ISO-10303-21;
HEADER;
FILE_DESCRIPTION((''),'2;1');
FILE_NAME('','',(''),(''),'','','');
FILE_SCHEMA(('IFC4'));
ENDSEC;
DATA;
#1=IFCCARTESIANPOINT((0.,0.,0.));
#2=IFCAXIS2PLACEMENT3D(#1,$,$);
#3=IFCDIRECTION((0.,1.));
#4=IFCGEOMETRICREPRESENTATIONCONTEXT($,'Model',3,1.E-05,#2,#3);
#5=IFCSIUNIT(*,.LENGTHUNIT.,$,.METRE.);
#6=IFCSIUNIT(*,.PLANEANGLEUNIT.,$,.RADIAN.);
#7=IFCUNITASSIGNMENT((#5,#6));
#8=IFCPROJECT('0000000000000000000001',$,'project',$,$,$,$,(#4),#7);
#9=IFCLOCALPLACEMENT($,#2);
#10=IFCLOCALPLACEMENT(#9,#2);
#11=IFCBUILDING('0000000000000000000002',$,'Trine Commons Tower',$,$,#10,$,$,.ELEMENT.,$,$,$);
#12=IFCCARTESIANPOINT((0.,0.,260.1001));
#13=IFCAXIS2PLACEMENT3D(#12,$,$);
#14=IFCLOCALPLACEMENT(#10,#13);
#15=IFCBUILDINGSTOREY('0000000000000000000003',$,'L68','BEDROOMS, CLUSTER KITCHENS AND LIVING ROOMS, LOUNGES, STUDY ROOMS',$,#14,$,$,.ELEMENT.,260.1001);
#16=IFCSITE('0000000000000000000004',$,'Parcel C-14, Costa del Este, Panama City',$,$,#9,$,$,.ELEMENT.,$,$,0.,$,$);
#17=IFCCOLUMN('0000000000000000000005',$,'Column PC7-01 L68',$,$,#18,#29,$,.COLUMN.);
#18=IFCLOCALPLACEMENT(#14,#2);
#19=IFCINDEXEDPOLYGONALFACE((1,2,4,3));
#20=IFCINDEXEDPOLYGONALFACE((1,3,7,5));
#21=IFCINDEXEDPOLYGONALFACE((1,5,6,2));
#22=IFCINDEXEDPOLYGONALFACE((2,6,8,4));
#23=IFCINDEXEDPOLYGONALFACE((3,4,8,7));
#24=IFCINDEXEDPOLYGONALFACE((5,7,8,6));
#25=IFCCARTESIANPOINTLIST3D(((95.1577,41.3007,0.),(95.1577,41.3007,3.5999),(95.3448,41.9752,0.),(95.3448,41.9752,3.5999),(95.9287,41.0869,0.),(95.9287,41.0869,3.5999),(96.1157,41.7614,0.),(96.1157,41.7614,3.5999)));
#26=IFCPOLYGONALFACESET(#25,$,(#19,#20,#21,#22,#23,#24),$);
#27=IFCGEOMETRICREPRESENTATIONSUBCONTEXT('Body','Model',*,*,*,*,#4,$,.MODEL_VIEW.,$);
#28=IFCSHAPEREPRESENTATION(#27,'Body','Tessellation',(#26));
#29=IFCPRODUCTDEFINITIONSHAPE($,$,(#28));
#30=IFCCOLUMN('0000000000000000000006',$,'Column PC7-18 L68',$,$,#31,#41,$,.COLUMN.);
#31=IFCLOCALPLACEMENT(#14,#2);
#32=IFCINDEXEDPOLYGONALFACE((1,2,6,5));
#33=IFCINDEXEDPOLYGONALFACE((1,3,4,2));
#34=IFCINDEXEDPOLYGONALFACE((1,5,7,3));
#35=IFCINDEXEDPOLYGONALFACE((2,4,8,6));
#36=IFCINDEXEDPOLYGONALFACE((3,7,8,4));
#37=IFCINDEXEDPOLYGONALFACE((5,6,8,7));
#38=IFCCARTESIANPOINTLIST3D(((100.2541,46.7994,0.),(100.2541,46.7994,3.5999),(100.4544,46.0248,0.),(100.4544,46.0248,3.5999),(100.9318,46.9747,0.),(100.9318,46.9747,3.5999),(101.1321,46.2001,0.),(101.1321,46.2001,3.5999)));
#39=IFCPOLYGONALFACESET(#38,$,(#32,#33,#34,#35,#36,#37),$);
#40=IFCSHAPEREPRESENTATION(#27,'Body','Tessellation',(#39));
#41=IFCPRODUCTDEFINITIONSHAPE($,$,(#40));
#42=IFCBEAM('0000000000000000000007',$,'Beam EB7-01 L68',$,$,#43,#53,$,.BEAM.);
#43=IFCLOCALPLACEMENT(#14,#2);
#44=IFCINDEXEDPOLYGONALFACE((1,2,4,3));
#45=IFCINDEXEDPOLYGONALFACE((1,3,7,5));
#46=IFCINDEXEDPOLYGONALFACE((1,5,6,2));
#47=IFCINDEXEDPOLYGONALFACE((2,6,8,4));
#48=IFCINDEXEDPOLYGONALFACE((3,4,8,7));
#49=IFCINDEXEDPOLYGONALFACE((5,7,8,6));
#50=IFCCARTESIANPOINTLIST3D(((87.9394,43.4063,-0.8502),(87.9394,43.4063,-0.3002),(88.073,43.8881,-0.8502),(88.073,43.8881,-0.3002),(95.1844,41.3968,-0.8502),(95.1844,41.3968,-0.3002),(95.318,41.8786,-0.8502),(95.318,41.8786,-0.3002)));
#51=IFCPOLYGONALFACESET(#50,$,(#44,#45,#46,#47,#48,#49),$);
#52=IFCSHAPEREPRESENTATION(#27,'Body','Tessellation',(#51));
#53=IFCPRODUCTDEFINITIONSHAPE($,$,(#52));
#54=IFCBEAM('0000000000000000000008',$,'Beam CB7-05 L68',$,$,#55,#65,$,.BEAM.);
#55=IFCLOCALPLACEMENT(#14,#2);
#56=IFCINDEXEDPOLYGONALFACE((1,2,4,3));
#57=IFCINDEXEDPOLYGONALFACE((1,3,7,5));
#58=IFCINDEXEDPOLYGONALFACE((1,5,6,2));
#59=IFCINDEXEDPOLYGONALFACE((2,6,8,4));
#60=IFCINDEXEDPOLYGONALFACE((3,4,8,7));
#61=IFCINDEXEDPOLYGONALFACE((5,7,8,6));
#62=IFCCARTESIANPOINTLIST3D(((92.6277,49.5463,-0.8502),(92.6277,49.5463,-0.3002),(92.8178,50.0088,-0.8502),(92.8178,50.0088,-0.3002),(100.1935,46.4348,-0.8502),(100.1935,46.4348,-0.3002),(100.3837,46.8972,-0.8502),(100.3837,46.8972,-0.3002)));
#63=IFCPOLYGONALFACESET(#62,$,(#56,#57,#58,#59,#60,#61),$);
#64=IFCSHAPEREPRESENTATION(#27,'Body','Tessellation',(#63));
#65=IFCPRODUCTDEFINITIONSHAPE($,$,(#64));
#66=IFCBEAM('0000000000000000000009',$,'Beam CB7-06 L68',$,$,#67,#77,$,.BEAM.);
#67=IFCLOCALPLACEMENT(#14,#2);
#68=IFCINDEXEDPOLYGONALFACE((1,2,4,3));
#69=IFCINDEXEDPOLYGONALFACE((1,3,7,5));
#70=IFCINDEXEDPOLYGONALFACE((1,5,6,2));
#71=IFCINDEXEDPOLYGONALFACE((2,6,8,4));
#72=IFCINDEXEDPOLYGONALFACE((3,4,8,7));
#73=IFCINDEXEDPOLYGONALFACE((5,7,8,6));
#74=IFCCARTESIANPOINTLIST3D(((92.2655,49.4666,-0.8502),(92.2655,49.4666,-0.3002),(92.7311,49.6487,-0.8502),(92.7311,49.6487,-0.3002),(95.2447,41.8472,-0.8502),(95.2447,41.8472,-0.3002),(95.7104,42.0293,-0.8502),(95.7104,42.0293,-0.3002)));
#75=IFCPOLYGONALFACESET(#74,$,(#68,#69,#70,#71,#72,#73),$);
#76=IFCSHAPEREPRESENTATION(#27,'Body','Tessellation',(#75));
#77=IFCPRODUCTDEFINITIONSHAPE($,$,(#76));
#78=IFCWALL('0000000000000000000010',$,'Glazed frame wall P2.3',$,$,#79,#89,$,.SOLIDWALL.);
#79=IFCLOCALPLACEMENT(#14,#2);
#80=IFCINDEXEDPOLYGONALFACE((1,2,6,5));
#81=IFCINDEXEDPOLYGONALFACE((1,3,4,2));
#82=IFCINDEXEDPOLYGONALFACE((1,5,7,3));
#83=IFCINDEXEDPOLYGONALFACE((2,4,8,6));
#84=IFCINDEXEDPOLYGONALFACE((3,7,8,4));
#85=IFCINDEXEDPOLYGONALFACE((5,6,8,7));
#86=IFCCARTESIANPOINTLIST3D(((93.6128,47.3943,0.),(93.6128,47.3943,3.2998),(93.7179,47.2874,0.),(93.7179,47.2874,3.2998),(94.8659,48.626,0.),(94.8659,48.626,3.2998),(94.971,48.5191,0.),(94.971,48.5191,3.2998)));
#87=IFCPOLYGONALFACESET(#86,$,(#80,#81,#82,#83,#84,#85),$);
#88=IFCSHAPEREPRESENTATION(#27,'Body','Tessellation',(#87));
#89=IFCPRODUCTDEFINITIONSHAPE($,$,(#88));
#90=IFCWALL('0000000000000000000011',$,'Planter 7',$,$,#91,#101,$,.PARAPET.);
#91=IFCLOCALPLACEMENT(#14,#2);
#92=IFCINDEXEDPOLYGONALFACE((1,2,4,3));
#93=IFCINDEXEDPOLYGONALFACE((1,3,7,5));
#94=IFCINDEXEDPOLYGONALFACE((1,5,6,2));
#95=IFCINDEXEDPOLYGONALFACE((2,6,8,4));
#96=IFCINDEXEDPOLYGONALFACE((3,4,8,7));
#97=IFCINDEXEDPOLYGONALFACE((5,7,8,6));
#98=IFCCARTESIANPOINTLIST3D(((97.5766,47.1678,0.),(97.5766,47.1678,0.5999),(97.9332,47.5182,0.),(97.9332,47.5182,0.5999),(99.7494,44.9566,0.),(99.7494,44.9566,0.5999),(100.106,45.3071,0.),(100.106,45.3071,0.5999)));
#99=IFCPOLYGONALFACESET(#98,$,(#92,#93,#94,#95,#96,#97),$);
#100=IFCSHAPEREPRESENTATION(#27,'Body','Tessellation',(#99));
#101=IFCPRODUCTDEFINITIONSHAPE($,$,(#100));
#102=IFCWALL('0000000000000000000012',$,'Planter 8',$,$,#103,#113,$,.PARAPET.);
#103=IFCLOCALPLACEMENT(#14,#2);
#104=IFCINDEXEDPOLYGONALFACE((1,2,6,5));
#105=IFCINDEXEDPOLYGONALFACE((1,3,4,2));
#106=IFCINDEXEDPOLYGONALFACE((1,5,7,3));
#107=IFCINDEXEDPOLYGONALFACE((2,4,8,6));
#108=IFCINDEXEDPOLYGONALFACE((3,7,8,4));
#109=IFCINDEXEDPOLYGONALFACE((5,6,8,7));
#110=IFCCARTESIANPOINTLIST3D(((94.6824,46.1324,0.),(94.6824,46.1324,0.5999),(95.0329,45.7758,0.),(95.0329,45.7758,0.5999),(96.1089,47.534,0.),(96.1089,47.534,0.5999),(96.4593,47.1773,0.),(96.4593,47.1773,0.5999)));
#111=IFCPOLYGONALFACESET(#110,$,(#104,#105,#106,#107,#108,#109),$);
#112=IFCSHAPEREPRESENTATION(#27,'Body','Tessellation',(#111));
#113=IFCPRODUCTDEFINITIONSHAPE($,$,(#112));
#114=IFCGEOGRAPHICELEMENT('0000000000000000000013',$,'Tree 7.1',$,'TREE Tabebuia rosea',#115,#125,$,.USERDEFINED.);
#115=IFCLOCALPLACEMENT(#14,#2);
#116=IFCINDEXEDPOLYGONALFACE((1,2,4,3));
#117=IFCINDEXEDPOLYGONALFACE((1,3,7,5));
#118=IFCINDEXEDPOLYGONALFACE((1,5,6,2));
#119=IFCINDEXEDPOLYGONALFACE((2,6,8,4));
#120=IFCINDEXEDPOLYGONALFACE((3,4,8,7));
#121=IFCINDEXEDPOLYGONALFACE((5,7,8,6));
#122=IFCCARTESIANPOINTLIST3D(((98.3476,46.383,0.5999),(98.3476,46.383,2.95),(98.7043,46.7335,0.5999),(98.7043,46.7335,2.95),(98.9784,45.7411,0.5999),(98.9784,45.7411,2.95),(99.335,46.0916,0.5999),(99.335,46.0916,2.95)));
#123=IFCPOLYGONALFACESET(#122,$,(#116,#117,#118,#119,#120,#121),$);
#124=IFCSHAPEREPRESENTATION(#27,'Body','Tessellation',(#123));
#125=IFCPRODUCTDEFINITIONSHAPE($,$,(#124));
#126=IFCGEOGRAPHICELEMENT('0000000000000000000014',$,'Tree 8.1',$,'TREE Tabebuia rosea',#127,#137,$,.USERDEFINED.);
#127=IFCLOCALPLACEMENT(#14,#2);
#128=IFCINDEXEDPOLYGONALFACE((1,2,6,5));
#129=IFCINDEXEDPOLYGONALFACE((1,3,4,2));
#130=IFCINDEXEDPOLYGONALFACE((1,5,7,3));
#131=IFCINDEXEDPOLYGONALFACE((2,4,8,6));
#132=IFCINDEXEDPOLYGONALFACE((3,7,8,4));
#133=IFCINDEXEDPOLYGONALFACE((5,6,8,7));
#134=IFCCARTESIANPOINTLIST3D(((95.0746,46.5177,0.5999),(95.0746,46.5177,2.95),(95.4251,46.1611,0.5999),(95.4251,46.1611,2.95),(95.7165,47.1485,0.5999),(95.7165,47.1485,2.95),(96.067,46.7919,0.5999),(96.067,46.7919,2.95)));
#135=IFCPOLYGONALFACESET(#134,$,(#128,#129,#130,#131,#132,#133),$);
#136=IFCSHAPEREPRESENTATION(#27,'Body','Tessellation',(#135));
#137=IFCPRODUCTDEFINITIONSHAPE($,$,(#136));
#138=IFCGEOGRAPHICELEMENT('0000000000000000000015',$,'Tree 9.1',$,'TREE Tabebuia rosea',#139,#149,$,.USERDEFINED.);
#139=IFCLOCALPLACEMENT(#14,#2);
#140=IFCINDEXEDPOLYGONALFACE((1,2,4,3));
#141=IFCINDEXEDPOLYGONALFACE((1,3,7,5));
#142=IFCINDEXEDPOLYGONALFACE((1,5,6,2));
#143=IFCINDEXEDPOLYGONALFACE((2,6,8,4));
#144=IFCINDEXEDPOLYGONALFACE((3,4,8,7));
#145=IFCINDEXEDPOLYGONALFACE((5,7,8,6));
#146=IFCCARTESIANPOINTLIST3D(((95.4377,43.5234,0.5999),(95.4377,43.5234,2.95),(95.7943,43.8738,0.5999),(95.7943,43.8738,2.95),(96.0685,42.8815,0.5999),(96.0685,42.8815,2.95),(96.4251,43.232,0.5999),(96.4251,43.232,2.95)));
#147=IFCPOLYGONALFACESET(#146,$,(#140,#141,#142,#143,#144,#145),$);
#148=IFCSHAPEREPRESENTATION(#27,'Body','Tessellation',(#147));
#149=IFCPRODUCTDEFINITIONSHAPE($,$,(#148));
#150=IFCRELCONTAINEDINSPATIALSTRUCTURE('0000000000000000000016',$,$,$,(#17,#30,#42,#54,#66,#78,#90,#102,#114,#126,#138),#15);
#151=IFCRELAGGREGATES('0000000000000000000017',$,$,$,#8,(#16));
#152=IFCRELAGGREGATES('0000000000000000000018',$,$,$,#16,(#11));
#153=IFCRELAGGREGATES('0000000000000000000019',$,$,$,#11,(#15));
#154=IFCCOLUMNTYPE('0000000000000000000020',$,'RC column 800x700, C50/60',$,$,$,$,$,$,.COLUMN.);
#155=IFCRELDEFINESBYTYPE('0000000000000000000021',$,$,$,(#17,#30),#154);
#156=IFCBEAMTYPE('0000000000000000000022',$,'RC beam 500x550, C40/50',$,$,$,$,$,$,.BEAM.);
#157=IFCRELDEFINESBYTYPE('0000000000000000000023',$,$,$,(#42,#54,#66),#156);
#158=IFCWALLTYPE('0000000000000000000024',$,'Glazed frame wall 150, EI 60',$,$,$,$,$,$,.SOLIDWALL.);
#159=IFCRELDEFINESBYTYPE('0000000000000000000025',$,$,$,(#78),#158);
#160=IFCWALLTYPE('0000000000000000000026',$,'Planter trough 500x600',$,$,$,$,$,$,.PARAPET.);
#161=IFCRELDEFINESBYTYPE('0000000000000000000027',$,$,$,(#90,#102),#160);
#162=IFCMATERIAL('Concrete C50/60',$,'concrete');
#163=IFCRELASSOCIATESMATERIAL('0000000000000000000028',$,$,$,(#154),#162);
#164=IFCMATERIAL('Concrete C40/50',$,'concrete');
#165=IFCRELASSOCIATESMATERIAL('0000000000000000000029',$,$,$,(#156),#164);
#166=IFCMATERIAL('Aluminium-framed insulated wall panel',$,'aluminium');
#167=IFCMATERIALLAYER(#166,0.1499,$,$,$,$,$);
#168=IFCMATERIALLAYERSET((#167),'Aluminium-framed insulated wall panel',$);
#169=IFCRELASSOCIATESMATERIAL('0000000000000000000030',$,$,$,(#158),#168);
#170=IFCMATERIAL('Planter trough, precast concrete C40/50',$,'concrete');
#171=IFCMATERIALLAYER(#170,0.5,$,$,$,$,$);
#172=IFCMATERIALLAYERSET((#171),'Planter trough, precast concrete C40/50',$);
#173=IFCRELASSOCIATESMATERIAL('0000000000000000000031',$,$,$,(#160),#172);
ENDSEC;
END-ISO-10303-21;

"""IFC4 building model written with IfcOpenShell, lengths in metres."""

from ifc_helpers import new_model, si_unit, direction, frame, frame_2d, origin, origin_2d, place, context, subcontext, project, spatial, polyline, rectangle, outline, extrude, material, layer, layer_set, material_profile, profile_set, type_object, element, save


model = new_model("IFC4")

# Units and contexts
model_context = context("Model", 3, precision=1e-05, world=origin(), true_north=direction((0.0, 1.0)))
body_context = subcontext(model_context, "Body", "Model", "MODEL_VIEW")
ifc_project = project(units=[si_unit("LENGTHUNIT", "METRE"), si_unit("PLANEANGLEUNIT", "RADIAN")], contexts=[model_context])

# Site, building, storey
site_placement = place(None, origin())
site = spatial("IfcSite", under=ifc_project, at=site_placement, Name="Parcel C-14, Costa del Este, Panama City", CompositionType="ELEMENT", RefElevation=0.0)
building_placement = place(site_placement, origin())
building = spatial("IfcBuilding", under=site, at=building_placement, Name="Trine Commons Tower", CompositionType="ELEMENT")
storey_placement = place(building_placement, frame((0.0, 0.0, 260.1001)))
storey = spatial("IfcBuildingStorey", under=building, at=storey_placement, Name="L68", Description="BEDROOMS, CLUSTER KITCHENS AND LIVING ROOMS, LOUNGES, STUDY ROOMS", CompositionType="ELEMENT", Elevation=260.1001)

# Columns
ifc_material_1 = material(Name="Concrete C50/60", Category="concrete")
ifc_material_profile_1 = material_profile(ifc_material_1, rectangle(XDim=0.8, YDim=0.7, at=origin_2d()), Name="RC 800x700")
ifc_profile_set_1 = profile_set([ifc_material_profile_1], Name="Concrete C50/60")
column_type = type_object("IfcColumnType", Name="RC column 800x700, C50/60", PredefinedType="COLUMN", material=ifc_profile_set_1)
for number, where, z_axis, x_axis, name in (
    (1, (95.6367, 41.531, 0.0), (0.0, 0.0, 1.0), (-0.96363, 0.267238, 0.0), "Column PC7-01 L68"),
    (2, (100.6931, 46.4998, 0.0), (0.0, 0.0, 1.0), (-0.25038, 0.968148, 0.0), "Column PC7-18 L68"),
):
    element("IfcColumn", number, at=place(storey_placement, frame(where, z_axis=z_axis, x_axis=x_axis)), inside=storey, type_object=column_type, Name=name, PredefinedType="COLUMN", context=body_context, shape_type="SweptSolid", body=[
        extrude(rectangle(XDim=0.8, YDim=0.7, at=origin_2d()), origin(), (0.0, 0.0, 1.0), 3.5999),
    ])

# Beams
ifc_material_2 = material(Name="Concrete C40/50", Category="concrete")
ifc_material_profile_2 = material_profile(ifc_material_2, rectangle(XDim=0.5, YDim=0.55, at=origin_2d()), Name="RC 500x550")
ifc_profile_set_2 = profile_set([ifc_material_profile_2], Name="Concrete C40/50")
beam_type = type_object("IfcBeamType", Name="RC beam 500x550, C40/50", PredefinedType="BEAM", material=ifc_profile_set_2)
beam_1_placement = place(storey_placement, frame((95.2512, 41.6377, -0.5752), z_axis=(-0.963621, 0.267272, 0.0), x_axis=(-0.267272, -0.963621, 0.0)))
element("IfcBeam", 3, at=beam_1_placement, inside=storey, type_object=beam_type, Name="Beam EB7-01 L68", PredefinedType="BEAM", context=body_context, shape_type="SweptSolid", body=[
    extrude(rectangle(XDim=0.5, YDim=0.55, at=origin_2d()), origin(), (0.0, 0.0, 1.0), 7.5186),
])
beam_2_placement = place(storey_placement, frame((100.2886, 46.666, -0.5752), z_axis=(-0.924842, 0.380352, 0.0), x_axis=(-0.380352, -0.924842, 0.0)))
element("IfcBeam", 4, at=beam_2_placement, inside=storey, type_object=beam_type, Name="Beam CB7-05 L68", PredefinedType="BEAM", context=body_context, shape_type="SweptSolid", body=[
    extrude(rectangle(XDim=0.5, YDim=0.55, at=origin_2d()), origin(), (0.0, 0.0, 1.0), 8.1807),
])
beam_3_placement = place(storey_placement, frame((95.4775, 41.9382, -0.5752), z_axis=(-0.364161, 0.931336, 0.0), x_axis=(-0.931336, -0.364161, 0.0)))
element("IfcBeam", 5, at=beam_3_placement, inside=storey, type_object=beam_type, Name="Beam CB7-06 L68", PredefinedType="BEAM", context=body_context, shape_type="SweptSolid", body=[
    extrude(rectangle(XDim=0.5, YDim=0.55, at=origin_2d()), origin(), (0.0, 0.0, 1.0), 8.1812),
])

# Walls
ifc_material_3 = material(Name="Aluminium-framed insulated wall panel", Category="aluminium")
ifc_layer_1 = layer(ifc_material_3, 0.1499)
ifc_layer_set_1 = layer_set([ifc_layer_1], Name="Aluminium-framed insulated wall panel")
wall_type_1 = type_object("IfcWallType", Name="Glazed frame wall 150, EI 60", PredefinedType="SOLIDWALL", material=ifc_layer_set_1)
wall_1_placement = place(storey_placement, frame((94.9185, 48.5725, 0.0), z_axis=(0.0, 0.0, 1.0), x_axis=(-0.713194, -0.700967, 0.0)))
element("IfcWall", 6, at=wall_1_placement, inside=storey, type_object=wall_type_1, Name="Glazed frame wall P2.3", PredefinedType="SOLIDWALL", context=body_context, shape_type="SweptSolid", body=[
    extrude(outline(polyline([(0.0, -0.075), (1.7571, -0.075), (1.7571, 0.075), (0.0, 0.075), (0.0, -0.075)])), origin(), (0.0, 0.0, 1.0), 3.2998),
])
ifc_material_4 = material(Name="Planter trough, precast concrete C40/50", Category="concrete")
ifc_layer_2 = layer(ifc_material_4, 0.5)
ifc_layer_set_2 = layer_set([ifc_layer_2], Name="Planter trough, precast concrete C40/50")
wall_type_2 = type_object("IfcWallType", Name="Planter trough 500x600", PredefinedType="PARAPET", material=ifc_layer_set_2)
wall_2_placement = place(storey_placement, frame((99.9277, 45.1318, 0.0), z_axis=(0.0, 0.0, 1.0), x_axis=(-0.700898, 0.713262, 0.0)))
element("IfcWall", 7, at=wall_2_placement, inside=storey, type_object=wall_type_2, Name="Planter 7", PredefinedType="PARAPET", context=body_context, shape_type="SweptSolid", body=[
    extrude(rectangle(XDim=3.1001, YDim=0.5, at=frame_2d((1.55, 0.0))), origin(), (0.0, 0.0, 1.0), 0.5999),
])
wall_3_placement = place(storey_placement, frame((96.2842, 47.3557, 0.0), z_axis=(0.0, 0.0, 1.0), x_axis=(-0.713305, -0.700853, 0.0)))
element("IfcWall", 8, at=wall_3_placement, inside=storey, type_object=wall_type_2, Name="Planter 8", PredefinedType="PARAPET", context=body_context, shape_type="SweptSolid", body=[
    extrude(rectangle(XDim=1.9998, YDim=0.5, at=frame_2d((1.0, 0.0))), origin(), (0.0, 0.0, 1.0), 0.5999),
])

# Geographic elements
for number, where, z_axis, x_axis, name in (
    (9, (98.8413, 46.2373, 0.5999), (0.0, 0.0, 1.0), (-0.700898, 0.713261, 0.0), "Tree 7.1"),
    (10, (95.5708, 46.6548, 0.5999), (0.0, 0.0, 1.0), (-0.713239, -0.70092, 0.0), "Tree 8.1"),
    (11, (95.9314, 43.3777, 0.5999), (0.0, 0.0, 1.0), (0.700898, -0.713261, 0.0), "Tree 9.1"),
):
    element("IfcGeographicElement", number, at=place(storey_placement, frame(where, z_axis=z_axis, x_axis=x_axis)), inside=storey, Name=name, ObjectType="TREE Tabebuia rosea", PredefinedType="USERDEFINED", context=body_context, shape_type="SweptSolid", body=[
        extrude(rectangle(XDim=0.8999, YDim=0.5, at=origin_2d()), origin(), (0.0, 0.0, 1.0), 2.3501),
    ])

save(model, "model.ifc")
